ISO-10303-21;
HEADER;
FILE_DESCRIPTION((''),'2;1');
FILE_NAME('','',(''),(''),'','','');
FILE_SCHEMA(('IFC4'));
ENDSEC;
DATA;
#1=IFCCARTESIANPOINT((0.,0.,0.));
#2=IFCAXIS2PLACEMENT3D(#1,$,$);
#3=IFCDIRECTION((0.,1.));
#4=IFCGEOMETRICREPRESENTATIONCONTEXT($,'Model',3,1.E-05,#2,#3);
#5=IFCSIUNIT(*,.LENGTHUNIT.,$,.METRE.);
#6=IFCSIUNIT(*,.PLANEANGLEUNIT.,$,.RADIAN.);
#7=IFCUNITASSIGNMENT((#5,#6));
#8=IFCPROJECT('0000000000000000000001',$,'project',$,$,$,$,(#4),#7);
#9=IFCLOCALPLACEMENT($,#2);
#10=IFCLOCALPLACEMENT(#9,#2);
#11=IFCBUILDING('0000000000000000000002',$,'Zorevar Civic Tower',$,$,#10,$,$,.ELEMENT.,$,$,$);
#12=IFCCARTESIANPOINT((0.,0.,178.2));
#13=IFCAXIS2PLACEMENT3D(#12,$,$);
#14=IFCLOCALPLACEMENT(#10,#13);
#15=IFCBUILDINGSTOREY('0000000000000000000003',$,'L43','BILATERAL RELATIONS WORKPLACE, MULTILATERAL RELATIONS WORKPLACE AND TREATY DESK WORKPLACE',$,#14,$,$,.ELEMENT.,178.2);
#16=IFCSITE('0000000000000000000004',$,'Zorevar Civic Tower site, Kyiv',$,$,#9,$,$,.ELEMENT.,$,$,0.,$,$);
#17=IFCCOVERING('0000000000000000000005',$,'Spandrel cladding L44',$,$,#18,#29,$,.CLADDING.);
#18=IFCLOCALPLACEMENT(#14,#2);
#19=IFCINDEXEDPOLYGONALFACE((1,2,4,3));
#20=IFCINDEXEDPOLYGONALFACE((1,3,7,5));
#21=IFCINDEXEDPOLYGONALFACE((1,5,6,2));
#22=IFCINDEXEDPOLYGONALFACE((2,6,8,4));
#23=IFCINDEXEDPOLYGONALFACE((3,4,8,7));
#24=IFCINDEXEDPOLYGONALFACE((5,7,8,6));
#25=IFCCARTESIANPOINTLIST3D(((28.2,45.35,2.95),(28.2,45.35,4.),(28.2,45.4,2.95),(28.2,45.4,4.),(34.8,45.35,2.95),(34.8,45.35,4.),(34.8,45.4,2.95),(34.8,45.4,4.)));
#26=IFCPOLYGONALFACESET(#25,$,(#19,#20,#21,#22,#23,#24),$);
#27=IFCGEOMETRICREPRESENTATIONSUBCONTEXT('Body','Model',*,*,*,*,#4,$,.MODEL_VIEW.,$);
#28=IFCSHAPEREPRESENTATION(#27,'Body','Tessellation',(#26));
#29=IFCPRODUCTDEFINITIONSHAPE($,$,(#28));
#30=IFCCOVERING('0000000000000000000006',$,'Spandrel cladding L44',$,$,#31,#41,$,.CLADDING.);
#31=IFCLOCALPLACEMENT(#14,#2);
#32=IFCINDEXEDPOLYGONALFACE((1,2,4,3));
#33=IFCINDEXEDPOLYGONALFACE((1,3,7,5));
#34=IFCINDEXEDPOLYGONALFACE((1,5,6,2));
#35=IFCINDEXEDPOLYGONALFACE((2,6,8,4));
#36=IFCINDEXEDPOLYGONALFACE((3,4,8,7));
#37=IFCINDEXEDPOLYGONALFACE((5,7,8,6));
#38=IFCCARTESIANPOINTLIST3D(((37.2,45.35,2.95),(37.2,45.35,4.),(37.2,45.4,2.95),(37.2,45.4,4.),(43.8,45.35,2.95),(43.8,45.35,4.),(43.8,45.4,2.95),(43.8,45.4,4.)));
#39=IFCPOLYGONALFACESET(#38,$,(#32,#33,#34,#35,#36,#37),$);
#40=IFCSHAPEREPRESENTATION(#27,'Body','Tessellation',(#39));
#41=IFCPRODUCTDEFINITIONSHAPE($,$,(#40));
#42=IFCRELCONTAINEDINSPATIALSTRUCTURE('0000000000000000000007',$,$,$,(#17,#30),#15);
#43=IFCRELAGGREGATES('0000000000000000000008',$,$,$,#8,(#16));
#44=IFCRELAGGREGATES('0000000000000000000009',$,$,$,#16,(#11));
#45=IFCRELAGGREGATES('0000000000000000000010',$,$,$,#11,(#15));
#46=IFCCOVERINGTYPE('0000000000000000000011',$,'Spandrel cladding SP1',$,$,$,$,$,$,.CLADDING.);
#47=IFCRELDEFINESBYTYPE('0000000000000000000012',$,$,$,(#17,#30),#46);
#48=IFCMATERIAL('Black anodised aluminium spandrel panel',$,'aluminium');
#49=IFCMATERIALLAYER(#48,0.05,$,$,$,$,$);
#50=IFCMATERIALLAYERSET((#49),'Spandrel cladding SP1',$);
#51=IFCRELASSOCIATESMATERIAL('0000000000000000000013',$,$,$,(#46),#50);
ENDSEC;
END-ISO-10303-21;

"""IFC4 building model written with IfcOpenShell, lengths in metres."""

from ifc_helpers import new_model, si_unit, direction, frame, frame_2d, origin, place, context, subcontext, project, spatial, rectangle, extrude, material, layer, layer_set, type_object, element, save


model = new_model("IFC4")

# Units and contexts
model_context = context("Model", 3, precision=1e-05, world=origin(), true_north=direction((0.0, 1.0)))
body_context = subcontext(model_context, "Body", "Model", "MODEL_VIEW")
ifc_project = project(units=[si_unit("LENGTHUNIT", "METRE"), si_unit("PLANEANGLEUNIT", "RADIAN")], contexts=[model_context])

# Site, building, storey
site_placement = place(None, origin())
site = spatial("IfcSite", under=ifc_project, at=site_placement, Name="Zorevar Civic Tower site, Kyiv", CompositionType="ELEMENT", RefElevation=0.0)
building_placement = place(site_placement, origin())
building = spatial("IfcBuilding", under=site, at=building_placement, Name="Zorevar Civic Tower", CompositionType="ELEMENT")
storey_placement = place(building_placement, frame((0.0, 0.0, 178.2)))
storey = spatial("IfcBuildingStorey", under=building, at=storey_placement, Name="L43", Description="BILATERAL RELATIONS WORKPLACE, MULTILATERAL RELATIONS WORKPLACE AND TREATY DESK WORKPLACE", CompositionType="ELEMENT", Elevation=178.2)

# Coverings
ifc_material_1 = material(Name="Black anodised aluminium spandrel panel", Category="aluminium")
ifc_layer_1 = layer(ifc_material_1, 0.05)
ifc_layer_set_1 = layer_set([ifc_layer_1], Name="Spandrel cladding SP1")
covering_type = type_object("IfcCoveringType", Name="Spandrel cladding SP1", PredefinedType="CLADDING", material=ifc_layer_set_1)
for number, where, z_axis, x_axis, name in (
    (1, (28.2, 45.375, 2.95), (0.0, 0.0, 1.0), (1.0, 0.0, 0.0), "Spandrel cladding L44"),
    (2, (37.2, 45.375, 2.95), (0.0, 0.0, 1.0), (1.0, 0.0, 0.0), "Spandrel cladding L44"),
):
    element("IfcCovering", number, at=place(storey_placement, frame(where, z_axis=z_axis, x_axis=x_axis)), inside=storey, type_object=covering_type, Name=name, PredefinedType="CLADDING", context=body_context, shape_type="SweptSolid", body=[
        extrude(rectangle(XDim=6.6001, YDim=0.05, at=frame_2d((3.3, 0.0))), origin(), (0.0, 0.0, 1.0), 1.05),
    ])

save(model, "model.ifc")
